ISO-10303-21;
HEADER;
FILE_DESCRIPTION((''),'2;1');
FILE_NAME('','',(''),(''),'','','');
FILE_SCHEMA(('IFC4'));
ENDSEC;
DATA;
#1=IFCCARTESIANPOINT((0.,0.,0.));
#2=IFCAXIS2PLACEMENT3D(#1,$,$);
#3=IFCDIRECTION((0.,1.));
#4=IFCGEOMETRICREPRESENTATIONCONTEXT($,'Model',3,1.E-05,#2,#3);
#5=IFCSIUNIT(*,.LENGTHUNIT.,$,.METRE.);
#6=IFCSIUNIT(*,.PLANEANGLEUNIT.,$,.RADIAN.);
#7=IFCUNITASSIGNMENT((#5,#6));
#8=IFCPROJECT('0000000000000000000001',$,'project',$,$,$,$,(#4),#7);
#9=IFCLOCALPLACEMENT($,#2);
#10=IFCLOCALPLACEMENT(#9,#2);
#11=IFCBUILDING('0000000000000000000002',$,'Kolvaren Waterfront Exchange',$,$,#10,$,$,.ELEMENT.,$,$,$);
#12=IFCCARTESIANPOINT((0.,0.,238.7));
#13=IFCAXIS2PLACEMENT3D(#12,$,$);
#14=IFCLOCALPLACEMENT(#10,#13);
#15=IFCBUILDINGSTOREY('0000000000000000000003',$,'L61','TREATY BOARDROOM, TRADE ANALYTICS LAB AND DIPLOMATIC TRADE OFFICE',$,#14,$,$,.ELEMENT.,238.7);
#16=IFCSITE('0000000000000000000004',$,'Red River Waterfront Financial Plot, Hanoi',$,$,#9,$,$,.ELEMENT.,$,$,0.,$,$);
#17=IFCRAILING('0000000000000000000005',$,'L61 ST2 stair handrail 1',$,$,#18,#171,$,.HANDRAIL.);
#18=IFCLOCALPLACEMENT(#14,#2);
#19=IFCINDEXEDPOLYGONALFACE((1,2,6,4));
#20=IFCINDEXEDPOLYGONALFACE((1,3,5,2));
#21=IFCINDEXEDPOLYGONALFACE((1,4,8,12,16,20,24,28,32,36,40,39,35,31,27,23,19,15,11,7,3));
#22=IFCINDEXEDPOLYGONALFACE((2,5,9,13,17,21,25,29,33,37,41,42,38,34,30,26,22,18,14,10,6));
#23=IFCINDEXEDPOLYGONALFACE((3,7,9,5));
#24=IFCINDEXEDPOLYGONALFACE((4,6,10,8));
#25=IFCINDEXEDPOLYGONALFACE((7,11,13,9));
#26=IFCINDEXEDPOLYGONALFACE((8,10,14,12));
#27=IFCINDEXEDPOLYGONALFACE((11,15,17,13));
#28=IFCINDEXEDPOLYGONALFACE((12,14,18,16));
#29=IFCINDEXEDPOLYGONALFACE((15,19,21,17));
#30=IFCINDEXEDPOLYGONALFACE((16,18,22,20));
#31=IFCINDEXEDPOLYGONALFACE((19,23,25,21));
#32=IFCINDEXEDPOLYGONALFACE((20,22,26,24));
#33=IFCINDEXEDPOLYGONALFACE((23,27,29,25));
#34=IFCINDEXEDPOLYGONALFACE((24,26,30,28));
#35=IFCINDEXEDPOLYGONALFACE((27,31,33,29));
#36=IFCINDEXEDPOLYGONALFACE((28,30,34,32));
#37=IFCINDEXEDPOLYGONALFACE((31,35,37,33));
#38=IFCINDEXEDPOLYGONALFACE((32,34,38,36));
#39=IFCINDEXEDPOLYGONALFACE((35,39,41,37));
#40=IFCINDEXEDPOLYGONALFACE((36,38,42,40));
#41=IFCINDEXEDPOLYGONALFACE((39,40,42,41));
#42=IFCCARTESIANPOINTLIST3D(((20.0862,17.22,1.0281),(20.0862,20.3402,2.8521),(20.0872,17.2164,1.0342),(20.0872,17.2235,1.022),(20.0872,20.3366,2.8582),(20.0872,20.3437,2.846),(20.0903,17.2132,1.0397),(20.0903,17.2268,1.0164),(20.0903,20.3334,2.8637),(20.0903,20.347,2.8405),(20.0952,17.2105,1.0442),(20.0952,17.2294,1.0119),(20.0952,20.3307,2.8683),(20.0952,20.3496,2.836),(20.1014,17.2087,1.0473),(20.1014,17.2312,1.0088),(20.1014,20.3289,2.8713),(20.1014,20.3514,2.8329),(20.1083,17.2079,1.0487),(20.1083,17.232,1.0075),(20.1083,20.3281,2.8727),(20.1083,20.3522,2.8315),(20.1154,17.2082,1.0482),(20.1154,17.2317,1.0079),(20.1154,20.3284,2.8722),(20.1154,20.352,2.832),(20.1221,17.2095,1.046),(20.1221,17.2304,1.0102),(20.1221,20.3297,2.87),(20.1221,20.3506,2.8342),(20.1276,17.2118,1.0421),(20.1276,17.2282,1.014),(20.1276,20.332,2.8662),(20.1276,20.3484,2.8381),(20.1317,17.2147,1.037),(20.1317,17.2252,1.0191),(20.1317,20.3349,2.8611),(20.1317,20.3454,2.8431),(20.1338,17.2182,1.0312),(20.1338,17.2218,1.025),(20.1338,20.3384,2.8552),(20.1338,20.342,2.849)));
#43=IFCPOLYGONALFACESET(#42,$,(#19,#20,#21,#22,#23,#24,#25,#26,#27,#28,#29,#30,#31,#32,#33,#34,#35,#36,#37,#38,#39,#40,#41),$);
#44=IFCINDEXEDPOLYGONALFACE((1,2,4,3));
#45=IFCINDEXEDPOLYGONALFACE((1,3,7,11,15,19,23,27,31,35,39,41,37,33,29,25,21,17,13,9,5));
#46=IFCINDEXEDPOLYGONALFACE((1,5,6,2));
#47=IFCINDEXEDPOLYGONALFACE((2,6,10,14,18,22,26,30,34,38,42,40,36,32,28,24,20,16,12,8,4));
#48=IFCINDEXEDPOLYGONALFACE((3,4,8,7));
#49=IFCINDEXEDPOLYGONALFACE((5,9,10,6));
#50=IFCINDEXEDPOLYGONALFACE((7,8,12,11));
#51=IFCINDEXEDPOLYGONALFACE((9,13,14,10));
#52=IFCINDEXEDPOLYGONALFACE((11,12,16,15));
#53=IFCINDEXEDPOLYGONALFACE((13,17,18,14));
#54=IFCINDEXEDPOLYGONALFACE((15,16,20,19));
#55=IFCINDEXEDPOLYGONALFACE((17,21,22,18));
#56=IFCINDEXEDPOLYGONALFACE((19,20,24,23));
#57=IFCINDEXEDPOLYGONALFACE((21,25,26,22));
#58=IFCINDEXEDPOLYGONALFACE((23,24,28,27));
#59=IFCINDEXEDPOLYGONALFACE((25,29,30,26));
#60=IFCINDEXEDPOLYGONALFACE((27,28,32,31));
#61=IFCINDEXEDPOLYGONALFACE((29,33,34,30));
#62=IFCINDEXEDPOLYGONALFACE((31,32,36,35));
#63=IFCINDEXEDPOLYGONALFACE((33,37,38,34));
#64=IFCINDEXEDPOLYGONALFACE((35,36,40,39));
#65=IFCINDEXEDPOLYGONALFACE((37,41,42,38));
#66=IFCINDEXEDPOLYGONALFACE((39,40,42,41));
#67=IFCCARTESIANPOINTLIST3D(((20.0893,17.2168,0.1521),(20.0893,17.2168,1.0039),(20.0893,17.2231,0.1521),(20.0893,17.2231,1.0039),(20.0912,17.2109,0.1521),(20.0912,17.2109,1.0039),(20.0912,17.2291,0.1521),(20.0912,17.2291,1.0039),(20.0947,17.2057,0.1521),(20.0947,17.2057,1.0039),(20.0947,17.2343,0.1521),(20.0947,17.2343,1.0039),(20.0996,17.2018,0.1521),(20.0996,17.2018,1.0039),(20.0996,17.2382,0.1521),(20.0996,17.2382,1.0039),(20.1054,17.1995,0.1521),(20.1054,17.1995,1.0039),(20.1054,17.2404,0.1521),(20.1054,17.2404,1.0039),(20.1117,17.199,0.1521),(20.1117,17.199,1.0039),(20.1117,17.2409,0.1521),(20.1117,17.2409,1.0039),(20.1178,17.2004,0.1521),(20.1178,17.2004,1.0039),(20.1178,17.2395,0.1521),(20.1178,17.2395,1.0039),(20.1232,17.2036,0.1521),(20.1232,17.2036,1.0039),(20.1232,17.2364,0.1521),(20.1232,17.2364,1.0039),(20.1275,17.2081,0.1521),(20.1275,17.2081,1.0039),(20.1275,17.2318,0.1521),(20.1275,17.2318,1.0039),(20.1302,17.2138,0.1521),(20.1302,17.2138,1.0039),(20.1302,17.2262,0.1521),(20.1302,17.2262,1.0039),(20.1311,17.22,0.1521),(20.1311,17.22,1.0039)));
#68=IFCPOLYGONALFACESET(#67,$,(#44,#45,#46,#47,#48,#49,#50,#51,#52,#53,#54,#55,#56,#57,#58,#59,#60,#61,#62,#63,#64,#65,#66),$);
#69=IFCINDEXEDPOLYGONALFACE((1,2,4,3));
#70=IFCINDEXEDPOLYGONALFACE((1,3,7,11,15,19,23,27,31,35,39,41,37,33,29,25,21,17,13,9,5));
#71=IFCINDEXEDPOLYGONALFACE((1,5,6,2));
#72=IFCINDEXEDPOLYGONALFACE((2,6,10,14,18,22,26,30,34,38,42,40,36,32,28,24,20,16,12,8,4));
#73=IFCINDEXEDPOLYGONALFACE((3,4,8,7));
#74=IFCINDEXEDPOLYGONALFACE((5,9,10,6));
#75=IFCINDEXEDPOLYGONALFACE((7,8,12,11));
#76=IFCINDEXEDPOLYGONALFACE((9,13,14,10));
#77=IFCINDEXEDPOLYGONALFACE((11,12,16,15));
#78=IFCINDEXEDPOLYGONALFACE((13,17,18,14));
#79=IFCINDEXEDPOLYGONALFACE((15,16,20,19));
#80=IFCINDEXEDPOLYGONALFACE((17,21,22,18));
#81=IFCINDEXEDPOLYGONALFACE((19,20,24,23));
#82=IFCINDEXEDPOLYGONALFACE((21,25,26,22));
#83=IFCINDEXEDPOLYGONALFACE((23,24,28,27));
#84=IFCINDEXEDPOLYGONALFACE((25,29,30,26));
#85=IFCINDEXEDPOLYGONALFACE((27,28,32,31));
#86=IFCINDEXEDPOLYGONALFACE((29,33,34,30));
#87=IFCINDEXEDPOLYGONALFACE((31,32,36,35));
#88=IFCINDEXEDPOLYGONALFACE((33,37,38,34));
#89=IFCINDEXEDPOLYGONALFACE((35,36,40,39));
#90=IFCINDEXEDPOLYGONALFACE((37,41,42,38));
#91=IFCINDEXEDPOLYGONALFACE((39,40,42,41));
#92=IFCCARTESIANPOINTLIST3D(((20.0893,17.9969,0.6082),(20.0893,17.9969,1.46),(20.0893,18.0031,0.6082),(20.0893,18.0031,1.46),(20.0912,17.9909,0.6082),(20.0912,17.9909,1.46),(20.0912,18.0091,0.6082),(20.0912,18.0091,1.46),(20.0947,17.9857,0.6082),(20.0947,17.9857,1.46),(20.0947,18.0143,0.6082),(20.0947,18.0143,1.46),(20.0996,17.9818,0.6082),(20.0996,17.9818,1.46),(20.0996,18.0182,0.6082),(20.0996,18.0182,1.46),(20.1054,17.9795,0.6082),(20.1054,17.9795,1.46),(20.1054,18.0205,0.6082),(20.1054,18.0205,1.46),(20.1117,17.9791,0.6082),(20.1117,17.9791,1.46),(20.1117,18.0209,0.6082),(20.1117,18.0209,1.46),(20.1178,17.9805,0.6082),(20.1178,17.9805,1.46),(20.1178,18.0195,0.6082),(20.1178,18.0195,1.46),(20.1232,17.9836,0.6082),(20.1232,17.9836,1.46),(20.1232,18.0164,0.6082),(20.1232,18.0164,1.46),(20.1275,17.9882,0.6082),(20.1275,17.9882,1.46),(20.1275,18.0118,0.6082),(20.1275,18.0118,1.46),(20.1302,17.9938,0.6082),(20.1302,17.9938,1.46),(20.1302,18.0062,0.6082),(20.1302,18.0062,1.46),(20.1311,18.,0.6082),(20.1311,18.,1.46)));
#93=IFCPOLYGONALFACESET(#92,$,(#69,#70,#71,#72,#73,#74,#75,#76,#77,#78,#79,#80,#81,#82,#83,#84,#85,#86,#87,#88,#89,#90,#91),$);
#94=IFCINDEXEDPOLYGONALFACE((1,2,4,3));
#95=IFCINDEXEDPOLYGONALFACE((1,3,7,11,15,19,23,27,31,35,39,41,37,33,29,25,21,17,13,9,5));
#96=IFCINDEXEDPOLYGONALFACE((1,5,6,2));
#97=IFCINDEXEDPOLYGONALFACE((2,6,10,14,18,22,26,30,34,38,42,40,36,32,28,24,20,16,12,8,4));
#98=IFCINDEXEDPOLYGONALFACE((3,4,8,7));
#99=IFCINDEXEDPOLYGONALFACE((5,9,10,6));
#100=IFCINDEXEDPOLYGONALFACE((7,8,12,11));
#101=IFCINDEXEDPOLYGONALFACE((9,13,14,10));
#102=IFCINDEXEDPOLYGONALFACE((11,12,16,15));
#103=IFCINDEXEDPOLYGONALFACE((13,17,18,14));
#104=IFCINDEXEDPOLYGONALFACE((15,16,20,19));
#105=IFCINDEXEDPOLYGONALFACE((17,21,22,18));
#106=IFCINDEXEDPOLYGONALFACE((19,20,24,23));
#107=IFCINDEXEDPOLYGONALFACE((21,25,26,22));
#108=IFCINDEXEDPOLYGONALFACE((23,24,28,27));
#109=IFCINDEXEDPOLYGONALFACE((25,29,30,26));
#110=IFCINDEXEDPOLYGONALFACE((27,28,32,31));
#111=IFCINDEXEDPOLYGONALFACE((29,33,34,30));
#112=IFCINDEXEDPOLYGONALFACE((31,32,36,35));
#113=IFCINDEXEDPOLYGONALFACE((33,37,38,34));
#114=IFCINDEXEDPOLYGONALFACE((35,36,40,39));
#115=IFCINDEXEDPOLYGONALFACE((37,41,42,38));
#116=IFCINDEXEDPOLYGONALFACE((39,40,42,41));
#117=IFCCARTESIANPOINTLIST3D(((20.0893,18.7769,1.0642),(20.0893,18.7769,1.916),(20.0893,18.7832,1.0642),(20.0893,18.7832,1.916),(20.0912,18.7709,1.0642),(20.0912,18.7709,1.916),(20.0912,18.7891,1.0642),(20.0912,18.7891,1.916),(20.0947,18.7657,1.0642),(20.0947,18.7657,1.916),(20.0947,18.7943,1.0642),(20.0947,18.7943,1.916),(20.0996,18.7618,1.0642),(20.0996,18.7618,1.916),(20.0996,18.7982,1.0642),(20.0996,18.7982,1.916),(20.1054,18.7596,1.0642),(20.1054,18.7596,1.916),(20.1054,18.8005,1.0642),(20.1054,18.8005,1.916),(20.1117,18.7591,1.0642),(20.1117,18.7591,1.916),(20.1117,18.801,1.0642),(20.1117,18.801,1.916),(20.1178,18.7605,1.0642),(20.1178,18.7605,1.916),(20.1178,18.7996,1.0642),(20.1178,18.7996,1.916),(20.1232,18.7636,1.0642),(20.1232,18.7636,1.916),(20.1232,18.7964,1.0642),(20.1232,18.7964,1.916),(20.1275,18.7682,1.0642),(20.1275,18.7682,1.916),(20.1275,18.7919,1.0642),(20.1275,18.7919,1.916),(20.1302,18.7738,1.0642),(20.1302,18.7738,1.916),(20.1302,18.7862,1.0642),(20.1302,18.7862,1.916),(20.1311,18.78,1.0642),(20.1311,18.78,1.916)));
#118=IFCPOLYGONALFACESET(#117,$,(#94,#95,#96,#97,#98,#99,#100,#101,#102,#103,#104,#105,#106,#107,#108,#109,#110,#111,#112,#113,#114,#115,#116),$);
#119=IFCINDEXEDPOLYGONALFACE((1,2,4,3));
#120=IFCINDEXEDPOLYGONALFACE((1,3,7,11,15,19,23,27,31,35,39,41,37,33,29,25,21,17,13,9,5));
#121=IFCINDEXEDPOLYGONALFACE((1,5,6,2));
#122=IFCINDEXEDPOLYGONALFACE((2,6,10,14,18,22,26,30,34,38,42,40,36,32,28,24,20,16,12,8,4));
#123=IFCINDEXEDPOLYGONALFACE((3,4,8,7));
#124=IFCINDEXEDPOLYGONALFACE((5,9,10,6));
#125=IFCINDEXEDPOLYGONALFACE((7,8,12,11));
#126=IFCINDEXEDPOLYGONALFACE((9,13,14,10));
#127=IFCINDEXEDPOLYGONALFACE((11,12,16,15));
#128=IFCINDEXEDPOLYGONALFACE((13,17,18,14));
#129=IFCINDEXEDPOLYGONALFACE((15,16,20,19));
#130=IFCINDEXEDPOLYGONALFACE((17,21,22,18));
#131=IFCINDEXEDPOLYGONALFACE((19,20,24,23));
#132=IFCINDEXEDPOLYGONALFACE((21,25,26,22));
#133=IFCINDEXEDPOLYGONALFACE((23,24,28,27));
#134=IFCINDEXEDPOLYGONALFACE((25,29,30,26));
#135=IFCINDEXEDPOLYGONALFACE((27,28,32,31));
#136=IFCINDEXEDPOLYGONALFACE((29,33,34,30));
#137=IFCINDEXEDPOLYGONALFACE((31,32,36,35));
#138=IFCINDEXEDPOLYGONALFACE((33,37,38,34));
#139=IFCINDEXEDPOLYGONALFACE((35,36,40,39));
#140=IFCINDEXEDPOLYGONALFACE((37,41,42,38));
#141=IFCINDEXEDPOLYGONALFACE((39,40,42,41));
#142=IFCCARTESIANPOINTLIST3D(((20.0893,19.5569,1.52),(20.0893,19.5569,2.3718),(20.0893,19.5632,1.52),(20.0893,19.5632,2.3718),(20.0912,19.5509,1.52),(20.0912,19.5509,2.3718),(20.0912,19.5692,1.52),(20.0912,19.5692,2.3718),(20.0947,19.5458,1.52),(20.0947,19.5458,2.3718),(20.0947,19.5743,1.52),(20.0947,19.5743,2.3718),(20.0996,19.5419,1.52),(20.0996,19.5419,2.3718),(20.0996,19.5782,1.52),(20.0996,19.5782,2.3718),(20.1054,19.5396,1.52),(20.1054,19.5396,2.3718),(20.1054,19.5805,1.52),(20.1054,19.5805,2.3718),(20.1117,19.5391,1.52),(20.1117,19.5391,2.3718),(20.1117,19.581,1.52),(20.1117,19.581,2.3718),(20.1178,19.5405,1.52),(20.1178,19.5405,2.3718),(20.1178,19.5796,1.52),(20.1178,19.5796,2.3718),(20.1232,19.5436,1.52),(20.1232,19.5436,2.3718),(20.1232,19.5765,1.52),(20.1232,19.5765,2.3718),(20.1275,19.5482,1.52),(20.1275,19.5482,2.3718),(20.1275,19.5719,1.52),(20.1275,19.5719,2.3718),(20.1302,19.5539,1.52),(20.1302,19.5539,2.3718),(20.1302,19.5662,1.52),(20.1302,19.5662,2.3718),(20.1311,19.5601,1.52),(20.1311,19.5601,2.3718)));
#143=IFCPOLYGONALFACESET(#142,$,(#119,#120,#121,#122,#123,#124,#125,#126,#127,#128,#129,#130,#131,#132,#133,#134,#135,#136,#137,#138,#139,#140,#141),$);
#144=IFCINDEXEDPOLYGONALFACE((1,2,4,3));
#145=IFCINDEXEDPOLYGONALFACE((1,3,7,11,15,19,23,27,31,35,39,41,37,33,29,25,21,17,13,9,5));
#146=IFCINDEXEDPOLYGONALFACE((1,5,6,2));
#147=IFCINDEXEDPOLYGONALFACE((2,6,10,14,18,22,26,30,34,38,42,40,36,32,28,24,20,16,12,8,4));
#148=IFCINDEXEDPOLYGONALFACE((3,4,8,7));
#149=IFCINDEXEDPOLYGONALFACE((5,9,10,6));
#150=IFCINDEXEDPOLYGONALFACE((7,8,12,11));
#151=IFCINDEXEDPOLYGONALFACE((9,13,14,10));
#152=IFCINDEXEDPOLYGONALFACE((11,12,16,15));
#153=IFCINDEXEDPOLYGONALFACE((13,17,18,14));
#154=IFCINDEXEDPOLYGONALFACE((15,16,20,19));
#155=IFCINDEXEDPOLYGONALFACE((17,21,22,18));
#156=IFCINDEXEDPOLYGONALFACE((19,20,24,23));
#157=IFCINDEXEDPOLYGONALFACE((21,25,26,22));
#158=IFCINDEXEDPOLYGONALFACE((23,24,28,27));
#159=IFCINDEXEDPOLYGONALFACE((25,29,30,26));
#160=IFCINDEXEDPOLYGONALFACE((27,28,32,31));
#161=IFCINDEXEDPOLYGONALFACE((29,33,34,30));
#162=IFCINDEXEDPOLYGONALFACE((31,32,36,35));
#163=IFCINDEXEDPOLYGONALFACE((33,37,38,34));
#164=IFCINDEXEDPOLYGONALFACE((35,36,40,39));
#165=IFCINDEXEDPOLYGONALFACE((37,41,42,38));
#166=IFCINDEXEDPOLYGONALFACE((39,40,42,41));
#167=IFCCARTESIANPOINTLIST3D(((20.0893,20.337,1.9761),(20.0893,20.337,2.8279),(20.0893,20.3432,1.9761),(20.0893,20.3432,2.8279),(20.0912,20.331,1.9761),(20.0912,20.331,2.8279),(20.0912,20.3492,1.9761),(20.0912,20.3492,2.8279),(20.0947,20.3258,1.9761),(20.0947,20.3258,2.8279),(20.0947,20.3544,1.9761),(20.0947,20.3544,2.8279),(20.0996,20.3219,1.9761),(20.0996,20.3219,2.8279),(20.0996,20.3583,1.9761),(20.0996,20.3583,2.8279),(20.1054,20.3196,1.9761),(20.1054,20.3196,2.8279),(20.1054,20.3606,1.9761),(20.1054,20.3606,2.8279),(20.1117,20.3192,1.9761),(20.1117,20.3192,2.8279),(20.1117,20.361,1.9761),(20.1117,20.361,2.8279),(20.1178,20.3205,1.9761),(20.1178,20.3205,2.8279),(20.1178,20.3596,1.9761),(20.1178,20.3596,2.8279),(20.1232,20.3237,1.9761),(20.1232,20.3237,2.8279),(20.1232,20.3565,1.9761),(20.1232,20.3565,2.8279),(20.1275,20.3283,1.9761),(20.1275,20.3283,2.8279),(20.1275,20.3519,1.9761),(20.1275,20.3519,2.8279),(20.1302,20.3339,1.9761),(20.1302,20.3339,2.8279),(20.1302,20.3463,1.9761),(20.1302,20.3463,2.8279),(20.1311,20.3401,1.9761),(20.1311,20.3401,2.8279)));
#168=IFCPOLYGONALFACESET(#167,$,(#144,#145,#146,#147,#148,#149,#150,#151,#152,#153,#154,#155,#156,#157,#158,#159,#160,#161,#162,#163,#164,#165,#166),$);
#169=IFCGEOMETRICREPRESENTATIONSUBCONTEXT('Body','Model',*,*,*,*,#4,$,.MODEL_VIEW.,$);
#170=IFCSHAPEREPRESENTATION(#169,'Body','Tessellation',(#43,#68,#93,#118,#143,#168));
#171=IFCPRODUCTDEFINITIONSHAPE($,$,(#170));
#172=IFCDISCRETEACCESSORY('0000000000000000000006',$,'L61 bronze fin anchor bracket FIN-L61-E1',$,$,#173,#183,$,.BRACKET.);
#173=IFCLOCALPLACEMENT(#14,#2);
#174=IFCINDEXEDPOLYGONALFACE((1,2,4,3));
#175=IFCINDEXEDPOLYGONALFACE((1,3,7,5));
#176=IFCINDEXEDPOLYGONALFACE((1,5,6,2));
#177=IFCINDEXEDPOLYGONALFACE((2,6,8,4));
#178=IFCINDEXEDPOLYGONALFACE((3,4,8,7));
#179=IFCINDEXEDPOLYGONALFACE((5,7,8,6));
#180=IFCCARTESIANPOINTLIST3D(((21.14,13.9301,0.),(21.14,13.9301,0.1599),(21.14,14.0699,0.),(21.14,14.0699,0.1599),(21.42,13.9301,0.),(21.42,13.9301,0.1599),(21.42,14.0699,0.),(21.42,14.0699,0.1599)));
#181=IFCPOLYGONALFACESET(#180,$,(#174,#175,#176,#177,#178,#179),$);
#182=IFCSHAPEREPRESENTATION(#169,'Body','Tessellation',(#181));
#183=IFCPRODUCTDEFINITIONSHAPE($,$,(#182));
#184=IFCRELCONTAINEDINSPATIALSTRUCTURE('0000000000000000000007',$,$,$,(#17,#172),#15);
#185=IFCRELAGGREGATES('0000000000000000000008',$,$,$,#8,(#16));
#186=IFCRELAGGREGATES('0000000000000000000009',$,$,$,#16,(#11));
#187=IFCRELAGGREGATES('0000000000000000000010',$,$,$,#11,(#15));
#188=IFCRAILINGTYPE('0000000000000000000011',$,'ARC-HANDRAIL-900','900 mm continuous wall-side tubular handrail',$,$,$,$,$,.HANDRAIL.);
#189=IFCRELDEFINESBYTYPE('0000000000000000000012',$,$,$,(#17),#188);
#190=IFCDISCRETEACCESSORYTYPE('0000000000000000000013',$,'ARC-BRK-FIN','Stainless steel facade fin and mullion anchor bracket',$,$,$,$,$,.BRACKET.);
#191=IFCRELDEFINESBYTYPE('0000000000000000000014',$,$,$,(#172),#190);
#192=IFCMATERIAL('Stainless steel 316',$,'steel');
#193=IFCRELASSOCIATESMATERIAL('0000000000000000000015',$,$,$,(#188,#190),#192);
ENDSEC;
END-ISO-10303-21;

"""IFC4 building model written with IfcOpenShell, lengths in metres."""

from ifc_helpers import new_model, si_unit, direction, frame, origin, origin_with_axes, origin_2d, place, context, subcontext, project, spatial, rectangle, circle, extrude, source, transform, mapped, material, type_object, element, save


model = new_model("IFC4")

# Units and contexts
model_context = context("Model", 3, precision=1e-05, world=origin(), true_north=direction((0.0, 1.0)))
body_context = subcontext(model_context, "Body", "Model", "MODEL_VIEW")
ifc_project = project(units=[si_unit("LENGTHUNIT", "METRE"), si_unit("PLANEANGLEUNIT", "RADIAN")], contexts=[model_context])

# Site, building, storey
site_placement = place(None, origin())
site = spatial("IfcSite", under=ifc_project, at=site_placement, Name="Red River Waterfront Financial Plot, Hanoi", CompositionType="ELEMENT", RefElevation=0.0)
building_placement = place(site_placement, origin())
building = spatial("IfcBuilding", under=site, at=building_placement, Name="Kolvaren Waterfront Exchange", CompositionType="ELEMENT")
storey_placement = place(building_placement, frame((0.0, 0.0, 238.7)))
storey = spatial("IfcBuildingStorey", under=building, at=storey_placement, Name="L61", Description="TREATY BOARDROOM, TRADE ANALYTICS LAB AND DIPLOMATIC TRADE OFFICE", CompositionType="ELEMENT", Elevation=238.7)

# Railing
ifc_material_1 = material(Name="Stainless steel 316", Category="steel")
railing_type_1 = type_object("IfcRailingType", Name="ARC-HANDRAIL-900", Description="900 mm continuous wall-side tubular handrail", PredefinedType="HANDRAIL", material=ifc_material_1)
railing_1_placement = place(storey_placement, frame((20.1101, 17.22, 0.1521)))
element("IfcRailing", 1, at=railing_1_placement, inside=storey, type_object=railing_type_1, Name="L61 ST2 stair handrail 1", PredefinedType="HANDRAIL", context=body_context, shape_type="SweptSolid", body=[
    extrude(circle(Radius=0.0239, at=origin_2d()), frame((0.0, 0.0, 0.876), z_axis=(0.0, 0.863308, 0.504677), x_axis=(-1.0, 0.0, 0.0)), (0.0, 0.0, 1.0), 3.6143),
    extrude(circle(Radius=0.021, at=origin_2d()), origin(), (0.0, 0.0, 1.0), 0.8518),
    extrude(circle(Radius=0.021, at=origin_2d()), frame((0.0, 0.78, 0.4561)), (0.0, 0.0, 1.0), 0.8518),
    extrude(circle(Radius=0.021, at=origin_2d()), frame((0.0, 1.5601, 0.9121)), (0.0, 0.0, 1.0), 0.8518),
    extrude(circle(Radius=0.021, at=origin_2d()), frame((0.0, 2.3401, 1.3679)), (0.0, 0.0, 1.0), 0.8518),
    extrude(circle(Radius=0.021, at=origin_2d()), frame((0.0, 3.1201, 1.824)), (0.0, 0.0, 1.0), 0.8518),
])

# Discrete accessory
discrete_accessory_type = type_object("IfcDiscreteAccessoryType", Name="ARC-BRK-FIN", Description="Stainless steel facade fin and mullion anchor bracket", PredefinedType="BRACKET", material=ifc_material_1)
shared_shape = source(origin_with_axes(), body_context, "Body", "SweptSolid", [
    extrude(rectangle(XDim=0.28, YDim=0.1399, at=origin_2d()), origin(), (0.0, 0.0, 1.0), 0.1599),
])
discrete_accessory_placement = place(storey_placement, frame((21.28, 14.0, 0.0), z_axis=(0.0, 0.0, 1.0), x_axis=(1.0, 0.0, 0.0)))
element("IfcDiscreteAccessory", 2, at=discrete_accessory_placement, inside=storey, type_object=discrete_accessory_type, Name="L61 bronze fin anchor bracket FIN-L61-E1", PredefinedType="BRACKET", context=body_context, shape_type="MappedRepresentation", body=[
    mapped(shared_shape, transform((0.0, 0.0, 0.0), x_axis=(1.0, 0.0, 0.0), y_axis=(0.0, 1.0, 0.0), z_axis=(0.0, 0.0, 1.0), scale=1.0)),
])

save(model, "model.ifc")
